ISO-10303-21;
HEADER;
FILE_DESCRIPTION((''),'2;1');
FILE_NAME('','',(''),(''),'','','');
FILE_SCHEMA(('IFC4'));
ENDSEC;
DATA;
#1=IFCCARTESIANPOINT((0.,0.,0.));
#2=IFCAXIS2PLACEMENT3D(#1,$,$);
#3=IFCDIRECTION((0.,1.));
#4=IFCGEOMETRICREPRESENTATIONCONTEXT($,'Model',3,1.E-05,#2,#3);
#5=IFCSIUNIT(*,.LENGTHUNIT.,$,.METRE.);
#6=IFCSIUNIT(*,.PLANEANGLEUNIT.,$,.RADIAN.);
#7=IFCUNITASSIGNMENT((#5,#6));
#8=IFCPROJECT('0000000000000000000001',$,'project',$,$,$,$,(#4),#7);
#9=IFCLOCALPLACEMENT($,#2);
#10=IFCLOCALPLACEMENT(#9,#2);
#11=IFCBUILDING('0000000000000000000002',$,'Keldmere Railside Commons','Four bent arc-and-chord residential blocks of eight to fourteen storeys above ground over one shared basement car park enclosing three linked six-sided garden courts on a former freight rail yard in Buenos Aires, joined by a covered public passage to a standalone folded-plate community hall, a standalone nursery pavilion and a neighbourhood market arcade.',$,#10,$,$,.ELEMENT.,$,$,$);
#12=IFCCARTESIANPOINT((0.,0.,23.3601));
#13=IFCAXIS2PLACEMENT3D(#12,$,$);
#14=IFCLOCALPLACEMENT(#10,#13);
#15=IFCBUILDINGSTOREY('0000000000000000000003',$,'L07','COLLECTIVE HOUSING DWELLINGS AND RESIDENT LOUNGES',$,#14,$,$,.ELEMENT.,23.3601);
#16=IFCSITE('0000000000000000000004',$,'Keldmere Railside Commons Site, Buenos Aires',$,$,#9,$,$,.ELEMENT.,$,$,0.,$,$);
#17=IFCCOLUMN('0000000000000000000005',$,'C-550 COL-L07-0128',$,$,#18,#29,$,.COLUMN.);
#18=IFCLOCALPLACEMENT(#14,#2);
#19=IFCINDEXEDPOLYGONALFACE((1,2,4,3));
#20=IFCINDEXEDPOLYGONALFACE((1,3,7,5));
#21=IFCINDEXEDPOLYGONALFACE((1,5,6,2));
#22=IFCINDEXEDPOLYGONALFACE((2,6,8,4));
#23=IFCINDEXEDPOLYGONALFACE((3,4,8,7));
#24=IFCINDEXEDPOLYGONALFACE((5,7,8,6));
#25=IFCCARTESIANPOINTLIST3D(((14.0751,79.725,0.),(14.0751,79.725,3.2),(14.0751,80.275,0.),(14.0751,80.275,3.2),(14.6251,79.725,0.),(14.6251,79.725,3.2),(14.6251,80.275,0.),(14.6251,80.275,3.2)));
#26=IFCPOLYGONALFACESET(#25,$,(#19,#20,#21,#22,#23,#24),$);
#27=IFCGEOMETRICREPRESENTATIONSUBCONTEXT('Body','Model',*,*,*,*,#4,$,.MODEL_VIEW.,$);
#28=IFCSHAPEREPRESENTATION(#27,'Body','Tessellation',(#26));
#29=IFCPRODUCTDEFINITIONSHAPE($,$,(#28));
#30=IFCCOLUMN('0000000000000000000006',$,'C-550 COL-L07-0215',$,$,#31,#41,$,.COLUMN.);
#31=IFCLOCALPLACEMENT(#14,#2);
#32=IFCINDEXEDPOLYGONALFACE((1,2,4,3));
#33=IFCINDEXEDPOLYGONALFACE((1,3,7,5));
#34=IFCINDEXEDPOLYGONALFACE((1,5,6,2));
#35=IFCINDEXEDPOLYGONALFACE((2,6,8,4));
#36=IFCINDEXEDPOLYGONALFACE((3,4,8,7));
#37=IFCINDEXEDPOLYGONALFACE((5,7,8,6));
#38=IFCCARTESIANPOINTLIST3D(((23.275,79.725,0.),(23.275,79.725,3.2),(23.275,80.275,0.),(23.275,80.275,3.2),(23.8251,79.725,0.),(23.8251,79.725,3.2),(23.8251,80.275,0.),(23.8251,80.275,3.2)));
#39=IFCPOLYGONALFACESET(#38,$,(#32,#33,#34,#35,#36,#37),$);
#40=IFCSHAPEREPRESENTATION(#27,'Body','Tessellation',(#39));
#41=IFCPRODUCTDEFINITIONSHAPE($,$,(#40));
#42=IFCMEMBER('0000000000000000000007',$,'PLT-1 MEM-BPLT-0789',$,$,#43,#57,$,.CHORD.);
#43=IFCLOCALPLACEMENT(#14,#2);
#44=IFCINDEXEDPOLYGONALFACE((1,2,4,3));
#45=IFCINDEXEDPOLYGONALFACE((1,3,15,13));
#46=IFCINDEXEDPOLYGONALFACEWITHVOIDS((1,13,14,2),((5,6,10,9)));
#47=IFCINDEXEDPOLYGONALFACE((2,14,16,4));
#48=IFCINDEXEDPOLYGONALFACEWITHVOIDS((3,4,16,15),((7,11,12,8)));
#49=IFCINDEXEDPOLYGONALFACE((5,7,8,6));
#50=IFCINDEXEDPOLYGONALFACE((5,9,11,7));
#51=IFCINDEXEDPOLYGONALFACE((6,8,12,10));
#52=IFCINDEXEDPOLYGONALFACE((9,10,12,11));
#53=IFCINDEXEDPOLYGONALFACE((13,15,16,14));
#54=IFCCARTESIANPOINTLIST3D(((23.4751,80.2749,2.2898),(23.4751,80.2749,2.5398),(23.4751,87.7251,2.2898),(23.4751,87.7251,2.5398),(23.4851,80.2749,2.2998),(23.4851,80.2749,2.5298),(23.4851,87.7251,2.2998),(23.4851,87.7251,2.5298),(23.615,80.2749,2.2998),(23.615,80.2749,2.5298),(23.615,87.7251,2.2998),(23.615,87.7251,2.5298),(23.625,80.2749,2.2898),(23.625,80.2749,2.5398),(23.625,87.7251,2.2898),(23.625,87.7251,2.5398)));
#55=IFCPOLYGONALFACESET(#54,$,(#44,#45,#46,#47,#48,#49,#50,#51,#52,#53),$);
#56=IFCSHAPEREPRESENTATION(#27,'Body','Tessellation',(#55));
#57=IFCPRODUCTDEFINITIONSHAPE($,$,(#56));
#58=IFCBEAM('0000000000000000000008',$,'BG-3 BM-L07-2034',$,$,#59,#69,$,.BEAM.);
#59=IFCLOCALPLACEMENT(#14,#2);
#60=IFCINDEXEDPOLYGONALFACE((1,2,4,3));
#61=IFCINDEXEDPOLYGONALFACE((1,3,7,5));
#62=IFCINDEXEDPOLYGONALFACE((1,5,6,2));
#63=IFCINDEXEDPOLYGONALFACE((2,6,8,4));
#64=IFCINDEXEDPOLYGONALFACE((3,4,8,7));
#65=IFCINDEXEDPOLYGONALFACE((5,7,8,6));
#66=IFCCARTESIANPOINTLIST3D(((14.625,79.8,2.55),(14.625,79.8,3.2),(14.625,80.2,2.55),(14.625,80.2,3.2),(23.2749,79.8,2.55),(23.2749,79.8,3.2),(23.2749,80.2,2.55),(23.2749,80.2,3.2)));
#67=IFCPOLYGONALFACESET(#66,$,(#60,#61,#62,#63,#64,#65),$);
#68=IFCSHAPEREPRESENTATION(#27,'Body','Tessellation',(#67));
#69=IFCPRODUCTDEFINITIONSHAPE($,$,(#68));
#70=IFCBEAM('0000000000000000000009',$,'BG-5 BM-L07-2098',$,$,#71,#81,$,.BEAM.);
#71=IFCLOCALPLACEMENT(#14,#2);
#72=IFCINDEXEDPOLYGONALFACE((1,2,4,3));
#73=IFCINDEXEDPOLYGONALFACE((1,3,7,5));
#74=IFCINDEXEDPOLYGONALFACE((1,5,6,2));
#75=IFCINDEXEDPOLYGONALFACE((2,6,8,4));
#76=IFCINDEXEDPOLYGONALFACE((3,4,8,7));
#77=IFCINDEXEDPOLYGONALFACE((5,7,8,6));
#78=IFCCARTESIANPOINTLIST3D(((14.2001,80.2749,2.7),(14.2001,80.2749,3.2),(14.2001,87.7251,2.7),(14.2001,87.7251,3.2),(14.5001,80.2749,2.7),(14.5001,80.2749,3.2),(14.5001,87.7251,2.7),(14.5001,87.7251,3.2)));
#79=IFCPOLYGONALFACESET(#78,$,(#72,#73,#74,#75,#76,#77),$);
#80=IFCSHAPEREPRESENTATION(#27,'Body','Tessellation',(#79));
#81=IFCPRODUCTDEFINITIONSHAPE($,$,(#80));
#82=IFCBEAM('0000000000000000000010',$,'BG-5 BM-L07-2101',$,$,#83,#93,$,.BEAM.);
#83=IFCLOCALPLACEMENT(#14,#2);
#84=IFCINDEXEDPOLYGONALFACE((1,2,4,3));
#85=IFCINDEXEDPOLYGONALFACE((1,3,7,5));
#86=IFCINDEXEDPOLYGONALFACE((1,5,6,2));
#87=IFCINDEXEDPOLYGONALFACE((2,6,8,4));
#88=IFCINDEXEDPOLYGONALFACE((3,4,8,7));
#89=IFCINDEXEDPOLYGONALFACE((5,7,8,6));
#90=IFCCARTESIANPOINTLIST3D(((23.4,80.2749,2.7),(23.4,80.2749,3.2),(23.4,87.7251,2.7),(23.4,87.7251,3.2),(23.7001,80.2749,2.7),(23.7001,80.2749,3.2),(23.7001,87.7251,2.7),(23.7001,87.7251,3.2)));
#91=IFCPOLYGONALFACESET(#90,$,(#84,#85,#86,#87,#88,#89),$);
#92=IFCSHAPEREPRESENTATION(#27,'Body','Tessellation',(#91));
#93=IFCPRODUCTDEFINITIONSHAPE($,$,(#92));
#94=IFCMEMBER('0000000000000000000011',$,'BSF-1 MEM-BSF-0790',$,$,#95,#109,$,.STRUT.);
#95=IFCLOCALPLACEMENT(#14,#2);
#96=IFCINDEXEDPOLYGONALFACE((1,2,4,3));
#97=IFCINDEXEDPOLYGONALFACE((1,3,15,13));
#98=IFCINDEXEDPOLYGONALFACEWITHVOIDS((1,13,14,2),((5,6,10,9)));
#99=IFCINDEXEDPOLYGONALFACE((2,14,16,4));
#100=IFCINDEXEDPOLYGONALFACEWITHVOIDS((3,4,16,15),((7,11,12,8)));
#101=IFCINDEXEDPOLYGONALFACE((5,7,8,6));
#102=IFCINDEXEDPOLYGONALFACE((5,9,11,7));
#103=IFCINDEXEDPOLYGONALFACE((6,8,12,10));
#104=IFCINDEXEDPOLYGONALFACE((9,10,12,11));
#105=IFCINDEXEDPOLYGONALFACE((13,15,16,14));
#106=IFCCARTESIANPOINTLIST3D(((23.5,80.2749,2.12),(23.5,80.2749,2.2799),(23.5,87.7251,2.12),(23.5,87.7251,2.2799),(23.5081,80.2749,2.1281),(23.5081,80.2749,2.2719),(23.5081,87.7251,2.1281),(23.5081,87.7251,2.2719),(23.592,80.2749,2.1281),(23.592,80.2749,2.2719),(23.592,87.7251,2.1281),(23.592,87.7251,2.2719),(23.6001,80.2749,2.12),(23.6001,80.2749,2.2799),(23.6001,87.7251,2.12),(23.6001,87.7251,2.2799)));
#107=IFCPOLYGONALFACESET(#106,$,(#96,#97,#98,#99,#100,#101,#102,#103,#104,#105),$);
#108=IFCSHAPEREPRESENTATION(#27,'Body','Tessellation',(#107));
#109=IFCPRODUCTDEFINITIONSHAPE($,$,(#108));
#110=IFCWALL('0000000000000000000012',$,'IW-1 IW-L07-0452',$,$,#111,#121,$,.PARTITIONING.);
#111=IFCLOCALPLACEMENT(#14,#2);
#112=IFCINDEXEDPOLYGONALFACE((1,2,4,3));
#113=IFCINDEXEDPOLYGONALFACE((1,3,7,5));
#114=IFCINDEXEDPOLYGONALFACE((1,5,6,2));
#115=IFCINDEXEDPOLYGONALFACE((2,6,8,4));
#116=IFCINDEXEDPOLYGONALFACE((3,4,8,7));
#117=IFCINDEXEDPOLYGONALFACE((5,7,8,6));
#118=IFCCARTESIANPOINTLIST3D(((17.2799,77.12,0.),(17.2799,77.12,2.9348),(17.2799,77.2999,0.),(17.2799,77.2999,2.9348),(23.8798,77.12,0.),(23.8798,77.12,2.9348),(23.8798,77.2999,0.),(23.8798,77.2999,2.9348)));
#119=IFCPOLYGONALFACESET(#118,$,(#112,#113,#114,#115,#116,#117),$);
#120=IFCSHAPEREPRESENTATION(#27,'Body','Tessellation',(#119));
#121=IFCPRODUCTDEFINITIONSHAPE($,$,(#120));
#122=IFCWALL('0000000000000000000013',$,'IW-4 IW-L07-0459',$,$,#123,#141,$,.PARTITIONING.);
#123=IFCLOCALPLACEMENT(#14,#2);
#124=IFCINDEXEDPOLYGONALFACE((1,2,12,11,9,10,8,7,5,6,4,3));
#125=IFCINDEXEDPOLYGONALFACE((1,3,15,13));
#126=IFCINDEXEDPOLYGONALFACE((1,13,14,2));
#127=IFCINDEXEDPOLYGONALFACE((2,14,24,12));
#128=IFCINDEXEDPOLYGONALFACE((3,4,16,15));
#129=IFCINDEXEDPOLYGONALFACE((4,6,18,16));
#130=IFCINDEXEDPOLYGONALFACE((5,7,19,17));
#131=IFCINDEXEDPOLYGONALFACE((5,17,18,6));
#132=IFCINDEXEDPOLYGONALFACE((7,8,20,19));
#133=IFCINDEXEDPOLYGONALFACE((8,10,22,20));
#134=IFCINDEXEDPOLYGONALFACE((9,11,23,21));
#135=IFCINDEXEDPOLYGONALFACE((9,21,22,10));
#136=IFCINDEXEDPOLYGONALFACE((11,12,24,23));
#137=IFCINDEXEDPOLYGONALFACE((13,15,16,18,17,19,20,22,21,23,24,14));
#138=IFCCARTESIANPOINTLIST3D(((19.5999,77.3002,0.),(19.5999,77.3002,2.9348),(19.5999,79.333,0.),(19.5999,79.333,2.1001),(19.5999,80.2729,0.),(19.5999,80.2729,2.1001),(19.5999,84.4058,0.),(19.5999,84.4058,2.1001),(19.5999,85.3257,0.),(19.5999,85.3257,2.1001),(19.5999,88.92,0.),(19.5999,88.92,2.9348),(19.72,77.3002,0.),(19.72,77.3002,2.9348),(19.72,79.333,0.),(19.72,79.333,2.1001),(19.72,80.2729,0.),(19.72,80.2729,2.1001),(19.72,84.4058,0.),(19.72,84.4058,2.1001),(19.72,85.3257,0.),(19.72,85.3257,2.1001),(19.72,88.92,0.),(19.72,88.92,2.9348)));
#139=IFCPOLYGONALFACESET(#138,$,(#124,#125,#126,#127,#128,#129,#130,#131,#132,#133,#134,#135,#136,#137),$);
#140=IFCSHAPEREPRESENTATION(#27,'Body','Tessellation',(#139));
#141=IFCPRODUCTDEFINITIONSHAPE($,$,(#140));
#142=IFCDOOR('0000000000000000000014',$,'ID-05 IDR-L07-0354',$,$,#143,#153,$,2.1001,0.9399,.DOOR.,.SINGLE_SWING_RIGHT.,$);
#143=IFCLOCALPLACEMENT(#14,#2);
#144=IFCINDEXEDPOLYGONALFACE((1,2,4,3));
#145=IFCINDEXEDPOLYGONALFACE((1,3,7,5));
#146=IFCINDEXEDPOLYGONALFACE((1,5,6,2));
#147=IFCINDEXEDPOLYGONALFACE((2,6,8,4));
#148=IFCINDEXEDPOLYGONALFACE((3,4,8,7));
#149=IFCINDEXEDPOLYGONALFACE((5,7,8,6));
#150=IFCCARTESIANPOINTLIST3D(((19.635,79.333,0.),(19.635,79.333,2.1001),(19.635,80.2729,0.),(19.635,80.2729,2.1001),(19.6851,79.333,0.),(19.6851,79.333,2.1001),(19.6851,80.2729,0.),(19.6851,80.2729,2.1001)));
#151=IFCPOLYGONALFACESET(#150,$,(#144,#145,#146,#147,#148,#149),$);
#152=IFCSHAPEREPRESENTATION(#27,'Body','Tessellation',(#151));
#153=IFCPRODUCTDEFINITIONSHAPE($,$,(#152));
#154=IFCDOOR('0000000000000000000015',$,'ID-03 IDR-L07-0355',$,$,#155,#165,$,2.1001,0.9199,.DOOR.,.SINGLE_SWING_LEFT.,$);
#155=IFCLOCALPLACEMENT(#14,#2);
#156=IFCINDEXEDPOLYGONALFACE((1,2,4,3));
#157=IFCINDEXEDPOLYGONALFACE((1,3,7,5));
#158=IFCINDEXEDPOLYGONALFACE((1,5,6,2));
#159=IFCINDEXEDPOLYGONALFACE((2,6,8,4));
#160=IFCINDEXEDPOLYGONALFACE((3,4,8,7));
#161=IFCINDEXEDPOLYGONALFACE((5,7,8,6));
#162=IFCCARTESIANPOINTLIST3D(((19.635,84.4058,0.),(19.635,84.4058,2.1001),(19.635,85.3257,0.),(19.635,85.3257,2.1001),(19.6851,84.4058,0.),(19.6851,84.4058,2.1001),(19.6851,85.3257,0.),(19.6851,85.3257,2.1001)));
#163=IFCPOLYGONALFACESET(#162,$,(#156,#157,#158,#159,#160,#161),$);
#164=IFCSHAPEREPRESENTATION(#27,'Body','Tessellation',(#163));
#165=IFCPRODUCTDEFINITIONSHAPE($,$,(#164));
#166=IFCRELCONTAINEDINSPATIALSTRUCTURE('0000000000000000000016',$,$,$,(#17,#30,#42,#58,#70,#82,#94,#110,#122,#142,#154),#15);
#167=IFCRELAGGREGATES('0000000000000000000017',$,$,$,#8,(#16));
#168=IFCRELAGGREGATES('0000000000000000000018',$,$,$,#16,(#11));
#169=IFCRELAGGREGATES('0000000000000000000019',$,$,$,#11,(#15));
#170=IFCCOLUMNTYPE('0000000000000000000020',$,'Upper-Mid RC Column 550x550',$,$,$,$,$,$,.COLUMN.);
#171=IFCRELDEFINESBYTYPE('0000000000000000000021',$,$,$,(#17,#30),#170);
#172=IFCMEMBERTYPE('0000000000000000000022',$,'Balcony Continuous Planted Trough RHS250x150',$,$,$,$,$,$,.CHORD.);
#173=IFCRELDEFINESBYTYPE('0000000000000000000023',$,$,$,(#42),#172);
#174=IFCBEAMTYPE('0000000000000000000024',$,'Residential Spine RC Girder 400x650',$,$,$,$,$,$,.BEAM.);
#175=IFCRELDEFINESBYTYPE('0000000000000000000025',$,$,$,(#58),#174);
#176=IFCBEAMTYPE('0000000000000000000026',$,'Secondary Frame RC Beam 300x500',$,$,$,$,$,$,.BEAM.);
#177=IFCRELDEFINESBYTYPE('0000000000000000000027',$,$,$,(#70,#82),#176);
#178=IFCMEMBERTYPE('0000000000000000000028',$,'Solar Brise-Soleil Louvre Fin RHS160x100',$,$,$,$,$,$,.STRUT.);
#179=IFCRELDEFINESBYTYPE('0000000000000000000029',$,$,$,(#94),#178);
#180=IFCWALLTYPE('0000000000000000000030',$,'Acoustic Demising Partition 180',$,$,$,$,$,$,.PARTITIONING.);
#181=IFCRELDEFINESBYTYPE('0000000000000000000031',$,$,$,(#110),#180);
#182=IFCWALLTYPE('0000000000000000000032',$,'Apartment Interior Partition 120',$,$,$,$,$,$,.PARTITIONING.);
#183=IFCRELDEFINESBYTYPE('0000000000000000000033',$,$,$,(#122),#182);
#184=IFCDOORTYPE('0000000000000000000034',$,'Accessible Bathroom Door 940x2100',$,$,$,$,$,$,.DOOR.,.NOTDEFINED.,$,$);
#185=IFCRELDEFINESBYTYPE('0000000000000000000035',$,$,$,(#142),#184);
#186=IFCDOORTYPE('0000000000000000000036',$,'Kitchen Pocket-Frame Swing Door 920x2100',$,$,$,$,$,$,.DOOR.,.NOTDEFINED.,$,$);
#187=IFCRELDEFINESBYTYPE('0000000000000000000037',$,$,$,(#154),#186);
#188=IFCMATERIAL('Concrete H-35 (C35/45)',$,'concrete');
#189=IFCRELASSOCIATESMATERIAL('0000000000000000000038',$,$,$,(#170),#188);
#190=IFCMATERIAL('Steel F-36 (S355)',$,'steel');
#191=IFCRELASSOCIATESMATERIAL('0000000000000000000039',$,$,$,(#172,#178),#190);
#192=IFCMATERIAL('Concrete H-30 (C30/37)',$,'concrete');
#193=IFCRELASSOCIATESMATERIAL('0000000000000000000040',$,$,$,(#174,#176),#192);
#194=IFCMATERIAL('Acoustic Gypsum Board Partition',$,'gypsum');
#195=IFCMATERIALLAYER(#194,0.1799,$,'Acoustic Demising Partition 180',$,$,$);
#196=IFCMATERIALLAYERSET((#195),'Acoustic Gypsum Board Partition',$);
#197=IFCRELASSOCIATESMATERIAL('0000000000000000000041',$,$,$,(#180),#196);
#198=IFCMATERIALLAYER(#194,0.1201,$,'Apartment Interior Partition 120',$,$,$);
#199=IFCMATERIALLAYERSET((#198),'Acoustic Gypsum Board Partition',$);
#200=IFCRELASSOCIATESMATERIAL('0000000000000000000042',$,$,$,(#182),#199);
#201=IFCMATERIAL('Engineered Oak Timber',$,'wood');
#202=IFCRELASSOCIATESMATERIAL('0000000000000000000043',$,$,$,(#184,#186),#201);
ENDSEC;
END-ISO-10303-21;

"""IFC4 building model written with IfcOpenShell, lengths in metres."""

from ifc_helpers import new_model, si_unit, direction, frame, frame_2d, origin, origin_2d, place, context, subcontext, project, spatial, rectangle, hollow_rectangle, extrude, material, layer, layer_set, material_profile, profile_set, type_object, element, fill, save


model = new_model("IFC4")

# Units and contexts
model_context = context("Model", 3, precision=1e-05, world=origin(), true_north=direction((0.0, 1.0)))
body_context = subcontext(model_context, "Body", "Model", "MODEL_VIEW")
ifc_project = project(units=[si_unit("LENGTHUNIT", "METRE"), si_unit("PLANEANGLEUNIT", "RADIAN")], contexts=[model_context])

# Site, building, storey
site_placement = place(None, origin())
site = spatial("IfcSite", under=ifc_project, at=site_placement, Name="Keldmere Railside Commons Site, Buenos Aires", CompositionType="ELEMENT", RefElevation=0.0)
building_placement = place(site_placement, origin())
building = spatial("IfcBuilding", under=site, at=building_placement, Name="Keldmere Railside Commons", Description="Four bent arc-and-chord residential blocks of eight to fourteen storeys above ground over one shared basement car park enclosing three linked six-sided garden courts on a former freight rail yard in Buenos Aires, joined by a covered public passage to a standalone folded-plate community hall, a standalone nursery pavilion and a neighbourhood market arcade.", CompositionType="ELEMENT")
storey_placement = place(building_placement, frame((0.0, 0.0, 23.3601)))
storey = spatial("IfcBuildingStorey", under=building, at=storey_placement, Name="L07", Description="COLLECTIVE HOUSING DWELLINGS AND RESIDENT LOUNGES", CompositionType="ELEMENT", Elevation=23.3601)

# Columns
ifc_material_1 = material(Name="Concrete H-35 (C35/45)", Category="concrete")
ifc_material_profile_1 = material_profile(ifc_material_1, rectangle(XDim=0.55, YDim=0.55, at=origin_2d()), Name="RC-550x550")
ifc_profile_set_1 = profile_set([ifc_material_profile_1], Name="Concrete H-35 (C35/45)")
column_type = type_object("IfcColumnType", Name="Upper-Mid RC Column 550x550", PredefinedType="COLUMN", material=ifc_profile_set_1)
for number, where, z_axis, x_axis, name in (
    (1, (14.3501, 80.0, 0.0), (0.0, 0.0, 1.0), (1.0, 0.0, 0.0), "C-550 COL-L07-0128"),
    (2, (23.55, 80.0, 0.0), (0.0, 0.0, 1.0), (1.0, 0.0, 0.0), "C-550 COL-L07-0215"),
):
    element("IfcColumn", number, at=place(storey_placement, frame(where, z_axis=z_axis, x_axis=x_axis)), inside=storey, type_object=column_type, Name=name, PredefinedType="COLUMN", context=body_context, shape_type="SweptSolid", body=[
        extrude(rectangle(XDim=0.55, YDim=0.55, at=origin_2d()), origin(), (0.0, 0.0, 1.0), 3.2),
    ])

# Member
ifc_material_2 = material(Name="Steel F-36 (S355)", Category="steel")
ifc_material_profile_2 = material_profile(ifc_material_2, hollow_rectangle(XDim=0.1499, YDim=0.25, WallThickness=0.01, at=origin_2d()), Name="RHS-250x150x10")
ifc_profile_set_2 = profile_set([ifc_material_profile_2], Name="Steel F-36 (S355)")
member_type_1 = type_object("IfcMemberType", Name="Balcony Continuous Planted Trough RHS250x150", PredefinedType="CHORD", material=ifc_profile_set_2)
member_1_placement = place(storey_placement, frame((23.55, 80.2749, 2.4148), z_axis=(0.0, 1.0, 0.0), x_axis=(-1.0, 0.0, 0.0)))
element("IfcMember", 3, at=member_1_placement, inside=storey, type_object=member_type_1, Name="PLT-1 MEM-BPLT-0789", PredefinedType="CHORD", context=body_context, shape_type="SweptSolid", body=[
    extrude(hollow_rectangle(XDim=0.1499, YDim=0.25, WallThickness=0.01, at=origin_2d()), origin(), (0.0, 0.0, 1.0), 7.4502),
])

# Beams
ifc_material_3 = material(Name="Concrete H-30 (C30/37)", Category="concrete")
ifc_material_profile_3 = material_profile(ifc_material_3, rectangle(XDim=0.3999, YDim=0.6499, at=origin_2d()), Name="RC-400x650")
ifc_profile_set_3 = profile_set([ifc_material_profile_3], Name="Concrete H-30 (C30/37)")
beam_type_1 = type_object("IfcBeamType", Name="Residential Spine RC Girder 400x650", PredefinedType="BEAM", material=ifc_profile_set_3)
beam_placement = place(storey_placement, frame((14.625, 80.0, 2.875), z_axis=(1.0, 0.0, 0.0), x_axis=(0.0, 1.0, 0.0)))
element("IfcBeam", 4, at=beam_placement, inside=storey, type_object=beam_type_1, Name="BG-3 BM-L07-2034", PredefinedType="BEAM", context=body_context, shape_type="SweptSolid", body=[
    extrude(rectangle(XDim=0.3999, YDim=0.6499, at=origin_2d()), origin(), (0.0, 0.0, 1.0), 8.6499),
])
ifc_material_profile_4 = material_profile(ifc_material_3, rectangle(XDim=0.3, YDim=0.5, at=origin_2d()), Name="RC-300x500")
ifc_profile_set_4 = profile_set([ifc_material_profile_4], Name="Concrete H-30 (C30/37)")
beam_type_2 = type_object("IfcBeamType", Name="Secondary Frame RC Beam 300x500", PredefinedType="BEAM", material=ifc_profile_set_4)
for number, where, z_axis, x_axis, name in (
    (5, (14.3501, 80.2749, 2.95), (0.0, 1.0, 0.0), (-1.0, 0.0, 0.0), "BG-5 BM-L07-2098"),
    (6, (23.55, 80.2749, 2.95), (0.0, 1.0, 0.0), (-1.0, 0.0, 0.0), "BG-5 BM-L07-2101"),
):
    element("IfcBeam", number, at=place(storey_placement, frame(where, z_axis=z_axis, x_axis=x_axis)), inside=storey, type_object=beam_type_2, Name=name, PredefinedType="BEAM", context=body_context, shape_type="SweptSolid", body=[
        extrude(rectangle(XDim=0.3, YDim=0.5, at=origin_2d()), origin(), (0.0, 0.0, 1.0), 7.4502),
    ])

# Member
ifc_material_profile_5 = material_profile(ifc_material_2, hollow_rectangle(XDim=0.1001, YDim=0.1599, WallThickness=0.0081, at=origin_2d()), Name="RHS-160x100x8")
ifc_profile_set_5 = profile_set([ifc_material_profile_5], Name="Steel F-36 (S355)")
member_type_2 = type_object("IfcMemberType", Name="Solar Brise-Soleil Louvre Fin RHS160x100", PredefinedType="STRUT", material=ifc_profile_set_5)
member_2_placement = place(storey_placement, frame((23.55, 80.2749, 2.2), z_axis=(0.0, 1.0, 0.0), x_axis=(-1.0, 0.0, 0.0)))
element("IfcMember", 7, at=member_2_placement, inside=storey, type_object=member_type_2, Name="BSF-1 MEM-BSF-0790", PredefinedType="STRUT", context=body_context, shape_type="SweptSolid", body=[
    extrude(hollow_rectangle(XDim=0.1001, YDim=0.1599, WallThickness=0.0081, at=origin_2d()), origin(), (0.0, 0.0, 1.0), 7.4502),
])

# Wall
ifc_material_4 = material(Name="Acoustic Gypsum Board Partition", Category="gypsum")
ifc_layer_1 = layer(ifc_material_4, 0.1799, Name="Acoustic Demising Partition 180")
ifc_layer_set_1 = layer_set([ifc_layer_1], Name="Acoustic Gypsum Board Partition")
wall_type_1 = type_object("IfcWallType", Name="Acoustic Demising Partition 180", PredefinedType="PARTITIONING", material=ifc_layer_set_1)
wall_1_placement = place(storey_placement, frame((17.28, 77.21, 0.0), z_axis=(0.0, 0.0, 1.0), x_axis=(1.0, 0.0, 0.0)))
element("IfcWall", 8, at=wall_1_placement, inside=storey, type_object=wall_type_1, Name="IW-1 IW-L07-0452", PredefinedType="PARTITIONING", context=body_context, shape_type="SweptSolid", body=[
    extrude(rectangle(XDim=6.5999, YDim=0.1799, at=frame_2d((3.2998, 0.0))), origin(), (0.0, 0.0, 1.0), 2.9348),
])

# Wall, openings, doors
ifc_layer_2 = layer(ifc_material_4, 0.1201, Name="Apartment Interior Partition 120")
ifc_layer_set_2 = layer_set([ifc_layer_2], Name="Acoustic Gypsum Board Partition")
wall_type_2 = type_object("IfcWallType", Name="Apartment Interior Partition 120", PredefinedType="PARTITIONING", material=ifc_layer_set_2)
wall_2_placement = place(storey_placement, frame((19.6599, 77.3, 0.0), z_axis=(0.0, 0.0, 1.0), x_axis=(0.0, 1.0, 0.0)))
wall_2 = element("IfcWall", 9, at=wall_2_placement, inside=storey, type_object=wall_type_2, Name="IW-4 IW-L07-0459", PredefinedType="PARTITIONING", context=body_context, shape_type="SweptSolid", body=[
    extrude(rectangle(XDim=11.6199, YDim=0.1201, at=frame_2d((5.8101, 0.0))), origin(), (0.0, 0.0, 1.0), 2.9348),
])
opening_1_placement = place(wall_2_placement, frame((2.033, 0.0, 0.0)))
opening_1 = element("IfcOpeningElement", 10, at=opening_1_placement, cuts=wall_2, PredefinedType="OPENING", context=body_context, shape_type="SweptSolid", body=[
    extrude(rectangle(XDim=0.9399, YDim=2.1001, at=frame_2d((0.47, 1.05))), frame((0.0, 0.0701, 0.0), z_axis=(0.0, -1.0, 0.0), x_axis=(1.0, 0.0, 0.0)), (0.0, 0.0, 1.0), 0.1401),
])
opening_2_placement = place(wall_2_placement, frame((7.1057, 0.0, 0.0)))
opening_2 = element("IfcOpeningElement", 11, at=opening_2_placement, cuts=wall_2, PredefinedType="OPENING", context=body_context, shape_type="SweptSolid", body=[
    extrude(rectangle(XDim=0.9199, YDim=2.1001, at=frame_2d((0.46, 1.05))), frame((0.0, 0.0701, 0.0), z_axis=(0.0, -1.0, 0.0), x_axis=(1.0, 0.0, 0.0)), (0.0, 0.0, 1.0), 0.1401),
])
ifc_material_5 = material(Name="Engineered Oak Timber", Category="wood")
door_type_1 = type_object("IfcDoorType", Name="Accessible Bathroom Door 940x2100", OperationType="NOTDEFINED", PredefinedType="DOOR", material=ifc_material_5)
door_1_placement = place(opening_1_placement, origin())
door_1 = element("IfcDoor", 12, at=door_1_placement, inside=storey, type_object=door_type_1, Name="ID-05 IDR-L07-0354", OperationType="SINGLE_SWING_RIGHT", OverallHeight=2.1001, OverallWidth=0.9399, PredefinedType="DOOR", context=body_context, shape_type="SweptSolid", body=[
    extrude(rectangle(XDim=0.9399, YDim=2.1001, at=frame_2d((0.47, 1.05))), frame((0.0, 0.0249, 0.0), z_axis=(0.0, -1.0, 0.0), x_axis=(1.0, 0.0, 0.0)), (0.0, 0.0, 1.0), 0.05),
])
fill(opening_1, door_1)
door_type_2 = type_object("IfcDoorType", Name="Kitchen Pocket-Frame Swing Door 920x2100", OperationType="NOTDEFINED", PredefinedType="DOOR", material=ifc_material_5)
door_2_placement = place(opening_2_placement, origin())
door_2 = element("IfcDoor", 13, at=door_2_placement, inside=storey, type_object=door_type_2, Name="ID-03 IDR-L07-0355", OperationType="SINGLE_SWING_LEFT", OverallHeight=2.1001, OverallWidth=0.9199, PredefinedType="DOOR", context=body_context, shape_type="SweptSolid", body=[
    extrude(rectangle(XDim=0.9199, YDim=2.1001, at=frame_2d((0.46, 1.05))), frame((0.0, 0.0249, 0.0), z_axis=(0.0, -1.0, 0.0), x_axis=(1.0, 0.0, 0.0)), (0.0, 0.0, 1.0), 0.05),
])
fill(opening_2, door_2)

save(model, "model.ifc")
